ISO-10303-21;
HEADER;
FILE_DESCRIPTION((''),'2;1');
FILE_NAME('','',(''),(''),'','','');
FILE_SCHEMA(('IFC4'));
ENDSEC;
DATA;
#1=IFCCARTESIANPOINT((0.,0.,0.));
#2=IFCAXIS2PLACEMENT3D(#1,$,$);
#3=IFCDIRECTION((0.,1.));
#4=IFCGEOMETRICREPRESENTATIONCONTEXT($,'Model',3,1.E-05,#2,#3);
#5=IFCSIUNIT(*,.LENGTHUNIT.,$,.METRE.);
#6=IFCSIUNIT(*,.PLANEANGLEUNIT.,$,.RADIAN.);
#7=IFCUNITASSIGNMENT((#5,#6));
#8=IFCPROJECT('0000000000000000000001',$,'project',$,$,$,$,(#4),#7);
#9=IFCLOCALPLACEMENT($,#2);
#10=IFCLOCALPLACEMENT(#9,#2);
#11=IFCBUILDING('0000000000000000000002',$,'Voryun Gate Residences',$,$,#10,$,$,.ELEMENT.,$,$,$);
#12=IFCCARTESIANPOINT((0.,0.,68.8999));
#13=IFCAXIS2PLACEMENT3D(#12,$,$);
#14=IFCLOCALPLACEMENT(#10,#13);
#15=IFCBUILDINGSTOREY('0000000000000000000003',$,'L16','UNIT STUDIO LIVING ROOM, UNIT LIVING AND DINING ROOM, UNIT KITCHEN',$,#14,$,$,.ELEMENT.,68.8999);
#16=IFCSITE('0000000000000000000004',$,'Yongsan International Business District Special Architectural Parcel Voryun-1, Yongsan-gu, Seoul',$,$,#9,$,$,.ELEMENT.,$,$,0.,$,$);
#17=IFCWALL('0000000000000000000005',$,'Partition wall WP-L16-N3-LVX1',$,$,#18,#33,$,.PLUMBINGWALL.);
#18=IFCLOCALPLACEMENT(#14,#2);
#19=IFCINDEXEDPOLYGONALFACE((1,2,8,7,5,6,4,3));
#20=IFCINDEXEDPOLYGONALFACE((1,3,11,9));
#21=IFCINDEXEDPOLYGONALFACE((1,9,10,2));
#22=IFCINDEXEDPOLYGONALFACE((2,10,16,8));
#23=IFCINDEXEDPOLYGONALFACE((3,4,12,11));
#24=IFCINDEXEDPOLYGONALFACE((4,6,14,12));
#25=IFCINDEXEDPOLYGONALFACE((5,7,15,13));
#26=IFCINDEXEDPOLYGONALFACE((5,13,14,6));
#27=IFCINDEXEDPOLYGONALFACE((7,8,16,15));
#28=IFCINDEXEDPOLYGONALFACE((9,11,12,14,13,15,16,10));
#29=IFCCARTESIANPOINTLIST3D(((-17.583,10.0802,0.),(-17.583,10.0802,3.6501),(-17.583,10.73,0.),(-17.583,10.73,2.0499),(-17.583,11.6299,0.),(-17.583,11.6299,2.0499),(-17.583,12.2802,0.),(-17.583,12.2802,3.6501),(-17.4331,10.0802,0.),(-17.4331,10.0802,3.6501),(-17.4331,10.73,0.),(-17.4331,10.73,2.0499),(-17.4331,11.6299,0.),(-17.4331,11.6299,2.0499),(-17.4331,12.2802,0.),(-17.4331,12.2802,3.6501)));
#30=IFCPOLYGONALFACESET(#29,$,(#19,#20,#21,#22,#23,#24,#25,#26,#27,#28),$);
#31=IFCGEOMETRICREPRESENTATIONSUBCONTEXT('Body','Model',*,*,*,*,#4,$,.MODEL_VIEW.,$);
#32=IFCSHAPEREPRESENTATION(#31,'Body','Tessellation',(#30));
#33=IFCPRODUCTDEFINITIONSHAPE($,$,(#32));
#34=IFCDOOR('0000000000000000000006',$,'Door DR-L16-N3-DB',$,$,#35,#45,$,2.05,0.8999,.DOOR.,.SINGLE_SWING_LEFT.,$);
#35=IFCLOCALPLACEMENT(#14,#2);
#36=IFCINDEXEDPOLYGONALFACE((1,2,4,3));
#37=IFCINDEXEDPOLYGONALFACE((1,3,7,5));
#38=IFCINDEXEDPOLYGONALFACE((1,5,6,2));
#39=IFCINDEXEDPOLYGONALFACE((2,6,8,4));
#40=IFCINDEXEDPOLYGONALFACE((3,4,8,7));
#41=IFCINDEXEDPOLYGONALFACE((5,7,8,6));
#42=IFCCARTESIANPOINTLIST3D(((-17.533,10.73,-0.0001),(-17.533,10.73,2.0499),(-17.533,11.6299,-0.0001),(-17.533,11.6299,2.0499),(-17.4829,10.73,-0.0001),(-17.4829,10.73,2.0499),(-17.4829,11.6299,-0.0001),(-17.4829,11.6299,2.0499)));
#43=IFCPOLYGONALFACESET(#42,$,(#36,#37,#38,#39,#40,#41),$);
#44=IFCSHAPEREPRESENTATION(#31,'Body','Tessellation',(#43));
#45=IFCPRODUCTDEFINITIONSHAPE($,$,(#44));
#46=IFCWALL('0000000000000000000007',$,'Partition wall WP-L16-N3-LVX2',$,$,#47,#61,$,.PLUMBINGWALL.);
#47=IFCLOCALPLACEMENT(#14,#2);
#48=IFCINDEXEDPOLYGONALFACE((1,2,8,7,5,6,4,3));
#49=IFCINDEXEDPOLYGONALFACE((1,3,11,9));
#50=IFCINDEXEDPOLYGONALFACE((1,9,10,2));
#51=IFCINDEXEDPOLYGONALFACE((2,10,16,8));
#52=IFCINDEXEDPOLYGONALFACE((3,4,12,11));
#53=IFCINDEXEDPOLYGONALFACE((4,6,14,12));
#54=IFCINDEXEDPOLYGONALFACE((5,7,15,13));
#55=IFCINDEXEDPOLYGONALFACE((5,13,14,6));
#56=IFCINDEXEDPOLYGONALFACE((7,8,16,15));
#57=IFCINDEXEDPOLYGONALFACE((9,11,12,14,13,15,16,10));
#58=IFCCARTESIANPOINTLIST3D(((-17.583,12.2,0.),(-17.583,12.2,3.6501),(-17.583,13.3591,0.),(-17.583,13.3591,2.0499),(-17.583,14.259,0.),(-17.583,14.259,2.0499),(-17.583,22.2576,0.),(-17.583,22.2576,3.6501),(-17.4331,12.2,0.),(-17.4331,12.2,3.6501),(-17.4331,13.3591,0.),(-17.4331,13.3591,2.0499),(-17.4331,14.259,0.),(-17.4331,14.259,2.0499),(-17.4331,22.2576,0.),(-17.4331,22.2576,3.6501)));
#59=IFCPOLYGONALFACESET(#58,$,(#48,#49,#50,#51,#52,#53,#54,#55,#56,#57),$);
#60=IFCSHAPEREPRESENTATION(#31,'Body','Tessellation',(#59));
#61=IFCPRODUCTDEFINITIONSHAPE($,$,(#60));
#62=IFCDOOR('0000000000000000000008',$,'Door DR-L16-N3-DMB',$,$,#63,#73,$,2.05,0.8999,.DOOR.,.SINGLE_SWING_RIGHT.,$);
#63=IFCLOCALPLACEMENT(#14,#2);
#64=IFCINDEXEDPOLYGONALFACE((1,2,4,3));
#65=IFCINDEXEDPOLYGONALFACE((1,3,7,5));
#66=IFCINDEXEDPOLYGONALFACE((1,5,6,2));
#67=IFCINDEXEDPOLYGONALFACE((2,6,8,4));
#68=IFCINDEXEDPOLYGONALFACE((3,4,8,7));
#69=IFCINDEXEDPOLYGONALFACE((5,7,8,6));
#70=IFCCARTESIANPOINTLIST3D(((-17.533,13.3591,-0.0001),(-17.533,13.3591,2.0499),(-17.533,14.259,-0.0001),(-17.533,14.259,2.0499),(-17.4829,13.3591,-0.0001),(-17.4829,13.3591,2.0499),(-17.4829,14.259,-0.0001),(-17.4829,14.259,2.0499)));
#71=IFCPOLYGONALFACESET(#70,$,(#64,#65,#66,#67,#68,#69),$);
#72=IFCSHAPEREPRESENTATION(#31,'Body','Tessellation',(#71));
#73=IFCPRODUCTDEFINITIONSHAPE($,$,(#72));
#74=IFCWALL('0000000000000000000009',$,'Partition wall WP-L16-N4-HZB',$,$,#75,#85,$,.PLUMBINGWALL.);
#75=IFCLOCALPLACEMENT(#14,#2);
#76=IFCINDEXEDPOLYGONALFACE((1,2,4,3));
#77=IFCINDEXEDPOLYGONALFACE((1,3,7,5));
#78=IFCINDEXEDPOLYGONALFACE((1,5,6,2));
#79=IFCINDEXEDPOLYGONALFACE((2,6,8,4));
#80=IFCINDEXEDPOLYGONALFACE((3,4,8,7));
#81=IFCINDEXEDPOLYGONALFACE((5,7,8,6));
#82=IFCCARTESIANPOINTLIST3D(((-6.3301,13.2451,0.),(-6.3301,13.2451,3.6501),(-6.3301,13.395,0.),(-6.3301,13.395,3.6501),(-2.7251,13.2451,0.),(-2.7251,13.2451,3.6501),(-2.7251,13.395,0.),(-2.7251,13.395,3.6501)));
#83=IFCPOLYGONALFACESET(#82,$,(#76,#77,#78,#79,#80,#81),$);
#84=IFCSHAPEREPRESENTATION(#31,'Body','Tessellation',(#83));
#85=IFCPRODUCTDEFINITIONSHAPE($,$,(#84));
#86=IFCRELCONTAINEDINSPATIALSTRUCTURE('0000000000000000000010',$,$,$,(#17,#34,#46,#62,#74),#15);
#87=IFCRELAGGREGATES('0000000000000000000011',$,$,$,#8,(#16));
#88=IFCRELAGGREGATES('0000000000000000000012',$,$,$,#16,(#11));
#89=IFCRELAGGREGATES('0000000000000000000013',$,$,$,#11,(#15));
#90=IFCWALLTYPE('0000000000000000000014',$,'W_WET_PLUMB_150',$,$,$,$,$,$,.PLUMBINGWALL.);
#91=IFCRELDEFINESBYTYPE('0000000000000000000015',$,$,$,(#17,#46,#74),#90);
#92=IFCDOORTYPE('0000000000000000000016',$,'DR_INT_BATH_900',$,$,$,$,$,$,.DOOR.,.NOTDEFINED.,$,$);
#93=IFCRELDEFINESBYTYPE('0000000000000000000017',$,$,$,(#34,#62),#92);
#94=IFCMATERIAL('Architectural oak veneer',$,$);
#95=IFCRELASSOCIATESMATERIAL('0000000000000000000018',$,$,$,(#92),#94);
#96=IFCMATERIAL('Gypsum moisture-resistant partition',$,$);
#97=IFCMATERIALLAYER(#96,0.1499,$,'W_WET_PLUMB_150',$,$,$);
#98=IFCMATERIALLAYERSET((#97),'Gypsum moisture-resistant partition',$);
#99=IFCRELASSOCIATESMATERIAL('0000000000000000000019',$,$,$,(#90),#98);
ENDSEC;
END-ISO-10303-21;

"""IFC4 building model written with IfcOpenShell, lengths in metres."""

from ifc_helpers import new_model, si_unit, direction, frame, frame_2d, origin, place, context, subcontext, project, spatial, rectangle, extrude, material, layer, layer_set, type_object, element, fill, save


model = new_model("IFC4")

# Units and contexts
model_context = context("Model", 3, precision=1e-05, world=origin(), true_north=direction((0.0, 1.0)))
body_context = subcontext(model_context, "Body", "Model", "MODEL_VIEW")
ifc_project = project(units=[si_unit("LENGTHUNIT", "METRE"), si_unit("PLANEANGLEUNIT", "RADIAN")], contexts=[model_context])

# Site, building, storey
site_placement = place(None, origin())
site = spatial("IfcSite", under=ifc_project, at=site_placement, Name="Yongsan International Business District Special Architectural Parcel Voryun-1, Yongsan-gu, Seoul", CompositionType="ELEMENT", RefElevation=0.0)
building_placement = place(site_placement, origin())
building = spatial("IfcBuilding", under=site, at=building_placement, Name="Voryun Gate Residences", CompositionType="ELEMENT")
storey_placement = place(building_placement, frame((0.0, 0.0, 68.8999)))
storey = spatial("IfcBuildingStorey", under=building, at=storey_placement, Name="L16", Description="UNIT STUDIO LIVING ROOM, UNIT LIVING AND DINING ROOM, UNIT KITCHEN", CompositionType="ELEMENT", Elevation=68.8999)

# Shared definitions
ifc_material_1 = material(Name="Architectural oak veneer")
door_type_1 = type_object("IfcDoorType", Name="DR_INT_BATH_900", OperationType="NOTDEFINED", PredefinedType="DOOR", material=ifc_material_1)

# Walls, openings, doors
ifc_material_2 = material(Name="Gypsum moisture-resistant partition")
ifc_layer_1 = layer(ifc_material_2, 0.1499, Name="W_WET_PLUMB_150")
ifc_layer_set_1 = layer_set([ifc_layer_1], Name="Gypsum moisture-resistant partition")
wall_type_1 = type_object("IfcWallType", Name="W_WET_PLUMB_150", PredefinedType="PLUMBINGWALL", material=ifc_layer_set_1)
wall_1_placement = place(storey_placement, frame((-17.5081, 10.0801, 0.0), z_axis=(0.0, 0.0, 1.0), x_axis=(0.0, 1.0, 0.0)))
wall_1 = element("IfcWall", 1, at=wall_1_placement, inside=storey, type_object=wall_type_1, Name="Partition wall WP-L16-N3-LVX1", PredefinedType="PLUMBINGWALL", context=body_context, shape_type="SweptSolid", body=[
    extrude(rectangle(XDim=2.2, YDim=0.1499, at=frame_2d((1.1001, 0.0))), origin(), (0.0, 0.0, 1.0), 3.6501),
])
opening_1_placement = place(wall_1_placement, frame((0.6499, 0.0, 0.0)))
opening_1 = element("IfcOpeningElement", 2, at=opening_1_placement, cuts=wall_1, PredefinedType="OPENING", context=body_context, shape_type="SweptSolid", body=[
    extrude(rectangle(XDim=0.8999, YDim=2.05, at=frame_2d((0.45, 1.0249))), frame((0.0, 0.085, 0.0), z_axis=(0.0, -1.0, 0.0), x_axis=(1.0, 0.0, 0.0)), (0.0, 0.0, 1.0), 0.1699),
])
door_1_placement = place(opening_1_placement, origin())
door_1 = element("IfcDoor", 3, at=door_1_placement, inside=storey, type_object=door_type_1, Name="Door DR-L16-N3-DB", OperationType="SINGLE_SWING_LEFT", OverallHeight=2.05, OverallWidth=0.8999, PredefinedType="DOOR", context=body_context, shape_type="SweptSolid", body=[
    extrude(rectangle(XDim=0.8999, YDim=2.05, at=frame_2d((0.45, 1.0249))), frame((0.0, 0.0249, 0.0), z_axis=(0.0, -1.0, 0.0), x_axis=(1.0, 0.0, 0.0)), (0.0, 0.0, 1.0), 0.05),
])
fill(opening_1, door_1)
wall_2_placement = place(storey_placement, frame((-17.5081, 12.2, 0.0), z_axis=(0.0, 0.0, 1.0), x_axis=(0.0, 1.0, 0.0)))
wall_2 = element("IfcWall", 4, at=wall_2_placement, inside=storey, type_object=wall_type_1, Name="Partition wall WP-L16-N3-LVX2", PredefinedType="PLUMBINGWALL", context=body_context, shape_type="SweptSolid", body=[
    extrude(rectangle(XDim=10.0576, YDim=0.1499, at=frame_2d((5.0288, 0.0))), origin(), (0.0, 0.0, 1.0), 3.6501),
])
opening_2_placement = place(wall_2_placement, frame((1.1592, 0.0, 0.0)))
opening_2 = element("IfcOpeningElement", 5, at=opening_2_placement, cuts=wall_2, PredefinedType="OPENING", context=body_context, shape_type="SweptSolid", body=[
    extrude(rectangle(XDim=0.8999, YDim=2.05, at=frame_2d((0.45, 1.0249))), frame((0.0, 0.085, 0.0), z_axis=(0.0, -1.0, 0.0), x_axis=(1.0, 0.0, 0.0)), (0.0, 0.0, 1.0), 0.1699),
])
door_2_placement = place(opening_2_placement, origin())
door_2 = element("IfcDoor", 6, at=door_2_placement, inside=storey, type_object=door_type_1, Name="Door DR-L16-N3-DMB", OperationType="SINGLE_SWING_RIGHT", OverallHeight=2.05, OverallWidth=0.8999, PredefinedType="DOOR", context=body_context, shape_type="SweptSolid", body=[
    extrude(rectangle(XDim=0.8999, YDim=2.05, at=frame_2d((0.45, 1.0249))), frame((0.0, 0.0249, 0.0), z_axis=(0.0, -1.0, 0.0), x_axis=(1.0, 0.0, 0.0)), (0.0, 0.0, 1.0), 0.05),
])
fill(opening_2, door_2)

# Wall
wall_3_placement = place(storey_placement, frame((-6.3301, 13.3201, 0.0), z_axis=(0.0, 0.0, 1.0), x_axis=(1.0, 0.0, 0.0)))
element("IfcWall", 7, at=wall_3_placement, inside=storey, type_object=wall_type_1, Name="Partition wall WP-L16-N4-HZB", PredefinedType="PLUMBINGWALL", context=body_context, shape_type="SweptSolid", body=[
    extrude(rectangle(XDim=3.605, YDim=0.1499, at=frame_2d((1.8025, 0.0))), origin(), (0.0, 0.0, 1.0), 3.6501),
])

save(model, "model.ifc")
